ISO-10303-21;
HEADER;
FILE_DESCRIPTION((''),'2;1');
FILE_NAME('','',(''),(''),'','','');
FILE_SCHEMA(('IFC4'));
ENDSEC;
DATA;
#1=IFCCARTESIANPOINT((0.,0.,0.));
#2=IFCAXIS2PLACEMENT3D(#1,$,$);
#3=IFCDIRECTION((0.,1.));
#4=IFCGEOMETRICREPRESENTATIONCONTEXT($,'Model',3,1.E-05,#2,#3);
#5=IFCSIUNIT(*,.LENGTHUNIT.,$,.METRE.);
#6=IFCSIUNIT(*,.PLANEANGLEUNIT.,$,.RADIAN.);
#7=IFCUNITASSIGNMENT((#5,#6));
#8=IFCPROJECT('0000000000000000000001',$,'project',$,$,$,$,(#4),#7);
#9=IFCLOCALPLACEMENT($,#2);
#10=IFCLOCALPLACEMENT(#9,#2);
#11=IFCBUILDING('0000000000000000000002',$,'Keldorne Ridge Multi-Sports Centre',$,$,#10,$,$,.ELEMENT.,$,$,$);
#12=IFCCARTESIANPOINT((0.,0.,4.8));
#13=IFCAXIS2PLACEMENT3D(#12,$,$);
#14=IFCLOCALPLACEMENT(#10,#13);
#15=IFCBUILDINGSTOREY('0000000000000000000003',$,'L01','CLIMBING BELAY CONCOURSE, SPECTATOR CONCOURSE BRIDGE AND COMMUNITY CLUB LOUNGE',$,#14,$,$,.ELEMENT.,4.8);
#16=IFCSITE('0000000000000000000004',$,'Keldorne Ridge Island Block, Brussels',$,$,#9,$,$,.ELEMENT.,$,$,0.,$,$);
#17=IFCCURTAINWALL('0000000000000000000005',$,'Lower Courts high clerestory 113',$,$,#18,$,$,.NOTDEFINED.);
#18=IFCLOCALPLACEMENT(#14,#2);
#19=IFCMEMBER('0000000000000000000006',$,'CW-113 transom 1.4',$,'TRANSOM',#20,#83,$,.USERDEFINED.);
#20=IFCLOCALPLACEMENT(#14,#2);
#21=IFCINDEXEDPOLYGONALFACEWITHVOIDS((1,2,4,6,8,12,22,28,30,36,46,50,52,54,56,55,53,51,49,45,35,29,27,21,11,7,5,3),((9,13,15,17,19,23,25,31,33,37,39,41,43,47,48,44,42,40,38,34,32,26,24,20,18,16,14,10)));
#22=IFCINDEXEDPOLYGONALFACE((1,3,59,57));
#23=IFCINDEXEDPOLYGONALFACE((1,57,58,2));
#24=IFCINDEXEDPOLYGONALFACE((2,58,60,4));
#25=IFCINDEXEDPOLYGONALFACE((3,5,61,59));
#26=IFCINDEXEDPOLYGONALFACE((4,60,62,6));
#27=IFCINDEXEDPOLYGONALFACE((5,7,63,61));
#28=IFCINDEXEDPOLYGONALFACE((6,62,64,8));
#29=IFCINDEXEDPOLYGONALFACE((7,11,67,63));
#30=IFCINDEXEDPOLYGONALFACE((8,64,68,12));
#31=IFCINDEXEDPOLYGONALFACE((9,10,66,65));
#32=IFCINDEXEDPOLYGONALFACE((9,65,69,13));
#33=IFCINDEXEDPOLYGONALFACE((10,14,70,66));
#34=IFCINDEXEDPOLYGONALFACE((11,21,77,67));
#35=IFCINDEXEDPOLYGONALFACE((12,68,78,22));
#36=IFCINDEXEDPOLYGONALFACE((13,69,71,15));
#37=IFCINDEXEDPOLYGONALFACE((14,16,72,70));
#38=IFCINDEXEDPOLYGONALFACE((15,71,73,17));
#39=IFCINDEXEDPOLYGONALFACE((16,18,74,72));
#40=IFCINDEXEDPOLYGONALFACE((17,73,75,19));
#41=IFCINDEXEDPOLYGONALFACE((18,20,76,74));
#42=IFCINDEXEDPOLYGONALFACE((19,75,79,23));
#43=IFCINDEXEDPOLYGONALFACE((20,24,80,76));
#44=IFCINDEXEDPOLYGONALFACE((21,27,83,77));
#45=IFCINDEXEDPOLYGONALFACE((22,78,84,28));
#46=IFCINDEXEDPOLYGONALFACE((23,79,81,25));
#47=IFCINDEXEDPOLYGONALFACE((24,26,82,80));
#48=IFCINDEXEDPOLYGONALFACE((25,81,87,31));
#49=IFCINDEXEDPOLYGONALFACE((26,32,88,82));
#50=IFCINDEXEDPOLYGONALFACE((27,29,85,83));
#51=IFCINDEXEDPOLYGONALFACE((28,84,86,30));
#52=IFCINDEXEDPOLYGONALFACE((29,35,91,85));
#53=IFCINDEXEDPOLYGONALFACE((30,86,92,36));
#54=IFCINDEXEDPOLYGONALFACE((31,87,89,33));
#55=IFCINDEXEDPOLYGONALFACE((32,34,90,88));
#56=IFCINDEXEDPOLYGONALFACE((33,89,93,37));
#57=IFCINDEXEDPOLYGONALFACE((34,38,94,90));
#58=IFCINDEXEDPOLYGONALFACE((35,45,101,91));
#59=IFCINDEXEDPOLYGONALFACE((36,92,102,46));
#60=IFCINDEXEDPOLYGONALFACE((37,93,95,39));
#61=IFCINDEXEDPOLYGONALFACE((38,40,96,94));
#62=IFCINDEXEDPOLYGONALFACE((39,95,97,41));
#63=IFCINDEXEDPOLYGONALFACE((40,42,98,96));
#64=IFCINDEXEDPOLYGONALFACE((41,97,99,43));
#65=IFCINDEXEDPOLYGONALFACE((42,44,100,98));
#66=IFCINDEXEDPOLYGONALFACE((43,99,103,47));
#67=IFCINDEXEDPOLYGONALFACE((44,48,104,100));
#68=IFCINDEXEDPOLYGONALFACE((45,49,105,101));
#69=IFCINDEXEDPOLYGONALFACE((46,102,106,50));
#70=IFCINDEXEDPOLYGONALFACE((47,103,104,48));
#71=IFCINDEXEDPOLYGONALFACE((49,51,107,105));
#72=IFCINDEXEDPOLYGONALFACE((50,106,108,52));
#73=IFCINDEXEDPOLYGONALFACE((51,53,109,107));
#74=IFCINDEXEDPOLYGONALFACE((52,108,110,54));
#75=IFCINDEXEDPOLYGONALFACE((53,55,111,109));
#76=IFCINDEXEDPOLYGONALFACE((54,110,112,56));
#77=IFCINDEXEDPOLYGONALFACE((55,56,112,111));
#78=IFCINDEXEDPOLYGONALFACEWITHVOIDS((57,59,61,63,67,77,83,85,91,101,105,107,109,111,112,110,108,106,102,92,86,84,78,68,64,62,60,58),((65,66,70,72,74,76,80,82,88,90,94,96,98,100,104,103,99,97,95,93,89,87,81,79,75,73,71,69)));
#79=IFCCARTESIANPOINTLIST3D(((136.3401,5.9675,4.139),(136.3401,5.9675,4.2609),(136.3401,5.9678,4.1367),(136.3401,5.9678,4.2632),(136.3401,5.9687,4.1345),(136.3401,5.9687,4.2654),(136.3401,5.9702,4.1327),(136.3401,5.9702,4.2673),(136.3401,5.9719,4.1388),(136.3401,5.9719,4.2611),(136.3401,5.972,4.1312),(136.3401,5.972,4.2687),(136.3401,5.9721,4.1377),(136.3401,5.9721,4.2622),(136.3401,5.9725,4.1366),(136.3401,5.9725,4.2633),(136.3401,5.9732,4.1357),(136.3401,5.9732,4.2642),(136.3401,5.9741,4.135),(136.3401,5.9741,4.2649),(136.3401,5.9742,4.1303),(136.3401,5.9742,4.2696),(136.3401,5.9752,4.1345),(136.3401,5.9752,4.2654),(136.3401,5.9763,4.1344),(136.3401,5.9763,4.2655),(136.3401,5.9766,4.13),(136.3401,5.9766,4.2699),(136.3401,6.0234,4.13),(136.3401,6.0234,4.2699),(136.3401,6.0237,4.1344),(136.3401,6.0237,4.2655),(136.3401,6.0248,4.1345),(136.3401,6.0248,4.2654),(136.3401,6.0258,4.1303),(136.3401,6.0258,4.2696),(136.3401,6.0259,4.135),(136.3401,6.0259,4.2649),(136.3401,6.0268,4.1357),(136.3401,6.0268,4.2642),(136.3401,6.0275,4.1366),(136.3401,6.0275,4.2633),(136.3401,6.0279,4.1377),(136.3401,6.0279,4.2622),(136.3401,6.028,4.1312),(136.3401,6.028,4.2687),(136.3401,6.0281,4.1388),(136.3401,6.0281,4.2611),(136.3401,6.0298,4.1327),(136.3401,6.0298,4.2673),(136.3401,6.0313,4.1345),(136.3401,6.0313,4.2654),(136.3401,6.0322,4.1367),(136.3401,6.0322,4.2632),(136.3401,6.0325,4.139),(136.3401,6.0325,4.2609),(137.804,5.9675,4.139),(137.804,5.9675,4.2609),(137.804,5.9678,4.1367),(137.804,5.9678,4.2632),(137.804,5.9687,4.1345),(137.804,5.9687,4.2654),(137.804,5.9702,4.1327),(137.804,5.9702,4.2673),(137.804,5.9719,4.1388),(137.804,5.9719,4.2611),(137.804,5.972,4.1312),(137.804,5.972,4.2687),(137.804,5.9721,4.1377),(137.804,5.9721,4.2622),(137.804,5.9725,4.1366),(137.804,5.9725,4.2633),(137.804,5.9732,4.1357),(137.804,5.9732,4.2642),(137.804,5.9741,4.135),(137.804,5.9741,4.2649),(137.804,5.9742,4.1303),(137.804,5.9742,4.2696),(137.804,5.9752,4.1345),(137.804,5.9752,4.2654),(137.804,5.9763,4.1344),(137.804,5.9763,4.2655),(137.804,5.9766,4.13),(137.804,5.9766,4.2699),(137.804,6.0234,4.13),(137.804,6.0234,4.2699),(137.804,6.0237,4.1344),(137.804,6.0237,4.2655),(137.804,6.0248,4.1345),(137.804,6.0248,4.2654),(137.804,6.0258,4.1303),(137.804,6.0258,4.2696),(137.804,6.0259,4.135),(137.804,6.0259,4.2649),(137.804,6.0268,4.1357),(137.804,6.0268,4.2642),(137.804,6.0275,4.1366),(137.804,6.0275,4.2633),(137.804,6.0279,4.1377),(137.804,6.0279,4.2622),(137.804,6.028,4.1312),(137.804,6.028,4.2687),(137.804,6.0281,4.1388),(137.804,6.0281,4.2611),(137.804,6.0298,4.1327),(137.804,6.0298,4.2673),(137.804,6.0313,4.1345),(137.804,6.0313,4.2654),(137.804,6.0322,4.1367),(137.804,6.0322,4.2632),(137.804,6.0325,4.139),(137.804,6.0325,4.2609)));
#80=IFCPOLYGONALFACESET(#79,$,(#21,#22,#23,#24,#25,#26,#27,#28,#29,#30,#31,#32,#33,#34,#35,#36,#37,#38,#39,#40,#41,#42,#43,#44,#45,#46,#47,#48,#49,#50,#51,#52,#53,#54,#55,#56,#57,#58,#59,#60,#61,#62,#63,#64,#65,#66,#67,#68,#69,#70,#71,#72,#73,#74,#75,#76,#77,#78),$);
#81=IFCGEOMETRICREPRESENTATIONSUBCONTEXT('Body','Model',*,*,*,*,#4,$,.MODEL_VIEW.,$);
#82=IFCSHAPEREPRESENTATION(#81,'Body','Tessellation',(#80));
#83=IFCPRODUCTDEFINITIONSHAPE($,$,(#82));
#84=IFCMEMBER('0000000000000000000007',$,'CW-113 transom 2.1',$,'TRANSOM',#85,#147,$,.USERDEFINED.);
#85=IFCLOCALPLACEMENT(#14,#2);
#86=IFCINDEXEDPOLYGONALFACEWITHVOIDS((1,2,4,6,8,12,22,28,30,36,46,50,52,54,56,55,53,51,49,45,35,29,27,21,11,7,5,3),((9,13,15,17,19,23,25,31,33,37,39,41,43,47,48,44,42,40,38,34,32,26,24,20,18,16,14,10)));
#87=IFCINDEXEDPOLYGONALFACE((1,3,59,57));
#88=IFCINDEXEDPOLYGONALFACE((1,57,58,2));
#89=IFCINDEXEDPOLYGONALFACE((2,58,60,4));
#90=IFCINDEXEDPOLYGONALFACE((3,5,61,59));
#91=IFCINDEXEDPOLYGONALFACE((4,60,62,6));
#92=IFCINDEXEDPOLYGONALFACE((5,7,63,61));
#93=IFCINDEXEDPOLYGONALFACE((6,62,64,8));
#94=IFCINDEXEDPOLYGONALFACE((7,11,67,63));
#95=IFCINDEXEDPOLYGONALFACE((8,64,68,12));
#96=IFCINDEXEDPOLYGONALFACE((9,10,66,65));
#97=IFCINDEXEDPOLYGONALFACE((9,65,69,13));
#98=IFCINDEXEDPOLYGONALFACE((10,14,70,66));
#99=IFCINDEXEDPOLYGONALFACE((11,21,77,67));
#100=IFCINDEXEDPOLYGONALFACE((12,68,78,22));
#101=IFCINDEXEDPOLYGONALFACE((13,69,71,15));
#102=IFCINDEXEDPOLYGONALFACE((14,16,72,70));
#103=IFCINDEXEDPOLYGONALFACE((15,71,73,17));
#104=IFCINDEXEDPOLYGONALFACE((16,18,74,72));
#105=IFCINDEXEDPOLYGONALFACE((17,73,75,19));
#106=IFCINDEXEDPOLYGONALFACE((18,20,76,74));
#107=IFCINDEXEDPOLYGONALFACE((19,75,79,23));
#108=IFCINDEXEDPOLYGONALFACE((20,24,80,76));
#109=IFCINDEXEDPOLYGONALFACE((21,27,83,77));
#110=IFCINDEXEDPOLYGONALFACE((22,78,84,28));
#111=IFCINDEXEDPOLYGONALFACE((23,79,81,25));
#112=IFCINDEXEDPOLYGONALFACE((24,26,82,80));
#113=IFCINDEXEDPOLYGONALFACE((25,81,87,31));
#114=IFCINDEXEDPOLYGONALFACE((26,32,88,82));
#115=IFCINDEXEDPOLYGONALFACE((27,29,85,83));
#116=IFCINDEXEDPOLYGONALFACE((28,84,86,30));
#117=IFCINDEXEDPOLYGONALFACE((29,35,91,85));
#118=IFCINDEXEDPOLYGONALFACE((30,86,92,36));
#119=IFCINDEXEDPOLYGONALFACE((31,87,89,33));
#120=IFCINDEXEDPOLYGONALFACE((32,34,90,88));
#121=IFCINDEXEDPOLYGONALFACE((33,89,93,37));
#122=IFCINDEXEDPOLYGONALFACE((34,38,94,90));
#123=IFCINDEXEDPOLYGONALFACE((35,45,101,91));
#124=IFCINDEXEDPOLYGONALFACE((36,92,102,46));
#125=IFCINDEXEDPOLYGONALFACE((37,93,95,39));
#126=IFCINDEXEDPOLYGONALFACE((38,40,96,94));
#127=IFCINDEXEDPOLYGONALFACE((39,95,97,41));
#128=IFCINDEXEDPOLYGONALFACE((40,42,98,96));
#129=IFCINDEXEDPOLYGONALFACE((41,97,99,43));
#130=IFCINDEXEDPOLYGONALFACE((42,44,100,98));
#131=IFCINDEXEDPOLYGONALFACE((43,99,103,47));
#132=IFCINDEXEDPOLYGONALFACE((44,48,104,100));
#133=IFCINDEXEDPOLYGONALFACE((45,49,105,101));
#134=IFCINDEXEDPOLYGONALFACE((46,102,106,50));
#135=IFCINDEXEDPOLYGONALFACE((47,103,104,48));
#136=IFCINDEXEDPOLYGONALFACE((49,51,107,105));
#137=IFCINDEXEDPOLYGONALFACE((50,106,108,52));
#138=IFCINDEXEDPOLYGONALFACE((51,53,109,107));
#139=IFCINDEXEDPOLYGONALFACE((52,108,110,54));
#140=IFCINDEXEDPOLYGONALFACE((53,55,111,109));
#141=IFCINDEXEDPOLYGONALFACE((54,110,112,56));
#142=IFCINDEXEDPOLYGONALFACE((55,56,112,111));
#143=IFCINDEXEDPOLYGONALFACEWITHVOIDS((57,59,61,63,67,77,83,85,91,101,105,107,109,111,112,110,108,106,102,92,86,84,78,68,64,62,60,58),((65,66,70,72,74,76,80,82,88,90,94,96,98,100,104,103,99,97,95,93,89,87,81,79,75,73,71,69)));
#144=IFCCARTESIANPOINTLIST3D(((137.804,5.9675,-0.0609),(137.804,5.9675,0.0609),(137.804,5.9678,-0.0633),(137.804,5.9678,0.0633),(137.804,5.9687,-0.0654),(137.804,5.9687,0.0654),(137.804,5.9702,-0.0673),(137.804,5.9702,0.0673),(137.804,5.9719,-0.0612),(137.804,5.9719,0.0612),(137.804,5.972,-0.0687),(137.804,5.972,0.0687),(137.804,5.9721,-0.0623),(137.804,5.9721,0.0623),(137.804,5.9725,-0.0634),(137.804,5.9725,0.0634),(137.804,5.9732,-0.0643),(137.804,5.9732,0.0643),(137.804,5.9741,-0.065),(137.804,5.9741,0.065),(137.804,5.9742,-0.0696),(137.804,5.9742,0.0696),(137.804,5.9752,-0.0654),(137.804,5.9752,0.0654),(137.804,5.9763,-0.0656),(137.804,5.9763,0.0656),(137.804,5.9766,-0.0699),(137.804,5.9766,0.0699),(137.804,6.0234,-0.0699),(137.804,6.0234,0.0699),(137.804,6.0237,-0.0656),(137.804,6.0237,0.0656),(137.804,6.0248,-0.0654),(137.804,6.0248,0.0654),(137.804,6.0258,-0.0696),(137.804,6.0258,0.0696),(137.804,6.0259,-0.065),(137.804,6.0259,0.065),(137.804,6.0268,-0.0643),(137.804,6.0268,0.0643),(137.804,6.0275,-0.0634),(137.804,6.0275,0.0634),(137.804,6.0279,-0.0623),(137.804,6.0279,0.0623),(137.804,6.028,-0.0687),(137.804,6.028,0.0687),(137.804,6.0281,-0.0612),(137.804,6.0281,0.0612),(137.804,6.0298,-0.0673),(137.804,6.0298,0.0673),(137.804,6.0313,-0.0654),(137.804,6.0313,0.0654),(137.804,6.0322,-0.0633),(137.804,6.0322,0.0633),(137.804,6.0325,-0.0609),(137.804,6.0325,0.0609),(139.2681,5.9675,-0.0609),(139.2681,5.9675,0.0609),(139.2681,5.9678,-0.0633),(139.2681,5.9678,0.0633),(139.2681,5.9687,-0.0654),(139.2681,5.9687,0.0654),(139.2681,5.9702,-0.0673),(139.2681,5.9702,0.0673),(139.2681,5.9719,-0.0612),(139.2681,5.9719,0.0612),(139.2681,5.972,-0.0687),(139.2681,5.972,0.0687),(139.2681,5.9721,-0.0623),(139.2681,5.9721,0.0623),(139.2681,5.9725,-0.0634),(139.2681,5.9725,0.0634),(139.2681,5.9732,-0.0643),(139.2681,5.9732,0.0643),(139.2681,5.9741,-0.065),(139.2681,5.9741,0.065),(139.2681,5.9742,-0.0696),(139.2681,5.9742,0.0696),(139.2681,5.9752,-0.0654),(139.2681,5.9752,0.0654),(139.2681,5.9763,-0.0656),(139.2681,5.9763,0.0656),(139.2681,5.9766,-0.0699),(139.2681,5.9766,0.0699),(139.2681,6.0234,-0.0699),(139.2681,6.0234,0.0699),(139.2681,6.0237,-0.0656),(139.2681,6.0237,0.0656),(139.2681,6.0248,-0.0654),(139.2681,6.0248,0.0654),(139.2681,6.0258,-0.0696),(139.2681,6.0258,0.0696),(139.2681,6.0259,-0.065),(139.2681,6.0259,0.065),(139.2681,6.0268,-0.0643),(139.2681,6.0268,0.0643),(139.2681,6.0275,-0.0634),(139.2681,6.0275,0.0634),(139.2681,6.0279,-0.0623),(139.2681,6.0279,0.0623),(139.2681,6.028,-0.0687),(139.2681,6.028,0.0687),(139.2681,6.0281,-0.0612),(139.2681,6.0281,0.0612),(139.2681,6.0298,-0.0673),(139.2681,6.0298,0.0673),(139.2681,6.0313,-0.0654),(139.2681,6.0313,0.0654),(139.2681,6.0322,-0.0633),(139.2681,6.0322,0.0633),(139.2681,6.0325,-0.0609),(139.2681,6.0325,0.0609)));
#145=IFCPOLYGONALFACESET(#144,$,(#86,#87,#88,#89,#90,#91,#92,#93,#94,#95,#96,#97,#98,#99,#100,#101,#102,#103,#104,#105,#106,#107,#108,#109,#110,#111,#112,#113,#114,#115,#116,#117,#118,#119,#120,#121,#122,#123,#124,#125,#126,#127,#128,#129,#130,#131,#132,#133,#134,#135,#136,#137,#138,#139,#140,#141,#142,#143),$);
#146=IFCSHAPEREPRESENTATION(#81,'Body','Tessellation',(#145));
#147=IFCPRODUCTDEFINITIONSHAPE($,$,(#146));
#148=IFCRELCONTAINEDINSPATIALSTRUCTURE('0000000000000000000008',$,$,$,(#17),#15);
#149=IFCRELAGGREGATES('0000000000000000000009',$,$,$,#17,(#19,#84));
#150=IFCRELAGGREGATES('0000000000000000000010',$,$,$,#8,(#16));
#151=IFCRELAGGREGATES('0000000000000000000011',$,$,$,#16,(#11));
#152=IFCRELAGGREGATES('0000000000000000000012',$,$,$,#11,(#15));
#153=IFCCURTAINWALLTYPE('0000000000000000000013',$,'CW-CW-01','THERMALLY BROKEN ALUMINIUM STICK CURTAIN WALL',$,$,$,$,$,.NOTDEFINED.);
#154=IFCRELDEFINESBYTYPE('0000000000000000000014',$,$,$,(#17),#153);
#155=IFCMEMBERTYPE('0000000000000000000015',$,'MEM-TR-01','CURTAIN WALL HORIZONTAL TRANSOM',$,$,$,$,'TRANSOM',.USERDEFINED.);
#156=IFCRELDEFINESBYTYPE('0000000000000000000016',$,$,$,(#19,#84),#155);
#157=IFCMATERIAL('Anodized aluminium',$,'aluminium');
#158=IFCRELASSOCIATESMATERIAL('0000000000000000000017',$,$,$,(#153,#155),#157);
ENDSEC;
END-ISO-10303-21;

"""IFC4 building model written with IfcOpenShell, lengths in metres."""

from ifc_helpers import new_model, si_unit, direction, frame, origin, origin_2d, place, context, subcontext, project, spatial, hollow_rectangle, extrude, material, material_profile, profile_set, type_object, element, aggregate, save


model = new_model("IFC4")

# Units and contexts
model_context = context("Model", 3, precision=1e-05, world=origin(), true_north=direction((0.0, 1.0)))
body_context = subcontext(model_context, "Body", "Model", "MODEL_VIEW")
ifc_project = project(units=[si_unit("LENGTHUNIT", "METRE"), si_unit("PLANEANGLEUNIT", "RADIAN")], contexts=[model_context])

# Site, building, storey
site_placement = place(None, origin())
site = spatial("IfcSite", under=ifc_project, at=site_placement, Name="Keldorne Ridge Island Block, Brussels", CompositionType="ELEMENT", RefElevation=0.0)
building_placement = place(site_placement, origin())
building = spatial("IfcBuilding", under=site, at=building_placement, Name="Keldorne Ridge Multi-Sports Centre", CompositionType="ELEMENT")
storey_placement = place(building_placement, frame((0.0, 0.0, 4.8)))
storey = spatial("IfcBuildingStorey", under=building, at=storey_placement, Name="L01", Description="CLIMBING BELAY CONCOURSE, SPECTATOR CONCOURSE BRIDGE AND COMMUNITY CLUB LOUNGE", CompositionType="ELEMENT", Elevation=4.8)

# Curtain wall, members
ifc_material_1 = material(Name="Anodized aluminium", Category="aluminium")
curtain_wall_type = type_object("IfcCurtainWallType", Name="CW-CW-01", Description="THERMALLY BROKEN ALUMINIUM STICK CURTAIN WALL", PredefinedType="NOTDEFINED", material=ifc_material_1)
curtain_wall_placement = place(storey_placement, origin())
curtain_wall = element("IfcCurtainWall", 1, at=curtain_wall_placement, inside=storey, type_object=curtain_wall_type, Name="Lower Courts high clerestory 113", PredefinedType="NOTDEFINED")
ifc_material_profile_1 = material_profile(ifc_material_1, hollow_rectangle(XDim=0.0649, YDim=0.1399, WallThickness=0.0044, InnerFilletRadius=0.0044, OuterFilletRadius=0.009, at=origin_2d()), Name="ALU TRANSOM 140x65x4.5")
ifc_profile_set_1 = profile_set([ifc_material_profile_1], Name="Anodized aluminium")
member_type_1 = type_object("IfcMemberType", Name="MEM-TR-01", Description="CURTAIN WALL HORIZONTAL TRANSOM", ElementType="TRANSOM", PredefinedType="USERDEFINED", material=ifc_profile_set_1)
member_1_placement = place(storey_placement, frame((136.3401, 6.0, 4.2), z_axis=(1.0, 0.0, 0.0), x_axis=(0.0, 1.0, 0.0)))
member_1 = element("IfcMember", 2, at=member_1_placement, type_object=member_type_1, Name="CW-113 transom 1.4", ObjectType="TRANSOM", PredefinedType="USERDEFINED", context=body_context, shape_type="SweptSolid", body=[
    extrude(hollow_rectangle(XDim=0.0649, YDim=0.1399, WallThickness=0.0044, InnerFilletRadius=0.0044, OuterFilletRadius=0.009, at=origin_2d()), origin(), (0.0, 0.0, 1.0), 1.4639),
])
member_2_placement = place(storey_placement, frame((137.804, 6.0, 0.0), z_axis=(1.0, 0.0, 0.0), x_axis=(0.0, 1.0, 0.0)))
member_2 = element("IfcMember", 3, at=member_2_placement, type_object=member_type_1, Name="CW-113 transom 2.1", ObjectType="TRANSOM", PredefinedType="USERDEFINED", context=body_context, shape_type="SweptSolid", body=[
    extrude(hollow_rectangle(XDim=0.0649, YDim=0.1399, WallThickness=0.0044, InnerFilletRadius=0.0044, OuterFilletRadius=0.009, at=origin_2d()), origin(), (0.0, 0.0, 1.0), 1.4641),
])
aggregate(curtain_wall, [member_1, member_2])

save(model, "model.ifc")
